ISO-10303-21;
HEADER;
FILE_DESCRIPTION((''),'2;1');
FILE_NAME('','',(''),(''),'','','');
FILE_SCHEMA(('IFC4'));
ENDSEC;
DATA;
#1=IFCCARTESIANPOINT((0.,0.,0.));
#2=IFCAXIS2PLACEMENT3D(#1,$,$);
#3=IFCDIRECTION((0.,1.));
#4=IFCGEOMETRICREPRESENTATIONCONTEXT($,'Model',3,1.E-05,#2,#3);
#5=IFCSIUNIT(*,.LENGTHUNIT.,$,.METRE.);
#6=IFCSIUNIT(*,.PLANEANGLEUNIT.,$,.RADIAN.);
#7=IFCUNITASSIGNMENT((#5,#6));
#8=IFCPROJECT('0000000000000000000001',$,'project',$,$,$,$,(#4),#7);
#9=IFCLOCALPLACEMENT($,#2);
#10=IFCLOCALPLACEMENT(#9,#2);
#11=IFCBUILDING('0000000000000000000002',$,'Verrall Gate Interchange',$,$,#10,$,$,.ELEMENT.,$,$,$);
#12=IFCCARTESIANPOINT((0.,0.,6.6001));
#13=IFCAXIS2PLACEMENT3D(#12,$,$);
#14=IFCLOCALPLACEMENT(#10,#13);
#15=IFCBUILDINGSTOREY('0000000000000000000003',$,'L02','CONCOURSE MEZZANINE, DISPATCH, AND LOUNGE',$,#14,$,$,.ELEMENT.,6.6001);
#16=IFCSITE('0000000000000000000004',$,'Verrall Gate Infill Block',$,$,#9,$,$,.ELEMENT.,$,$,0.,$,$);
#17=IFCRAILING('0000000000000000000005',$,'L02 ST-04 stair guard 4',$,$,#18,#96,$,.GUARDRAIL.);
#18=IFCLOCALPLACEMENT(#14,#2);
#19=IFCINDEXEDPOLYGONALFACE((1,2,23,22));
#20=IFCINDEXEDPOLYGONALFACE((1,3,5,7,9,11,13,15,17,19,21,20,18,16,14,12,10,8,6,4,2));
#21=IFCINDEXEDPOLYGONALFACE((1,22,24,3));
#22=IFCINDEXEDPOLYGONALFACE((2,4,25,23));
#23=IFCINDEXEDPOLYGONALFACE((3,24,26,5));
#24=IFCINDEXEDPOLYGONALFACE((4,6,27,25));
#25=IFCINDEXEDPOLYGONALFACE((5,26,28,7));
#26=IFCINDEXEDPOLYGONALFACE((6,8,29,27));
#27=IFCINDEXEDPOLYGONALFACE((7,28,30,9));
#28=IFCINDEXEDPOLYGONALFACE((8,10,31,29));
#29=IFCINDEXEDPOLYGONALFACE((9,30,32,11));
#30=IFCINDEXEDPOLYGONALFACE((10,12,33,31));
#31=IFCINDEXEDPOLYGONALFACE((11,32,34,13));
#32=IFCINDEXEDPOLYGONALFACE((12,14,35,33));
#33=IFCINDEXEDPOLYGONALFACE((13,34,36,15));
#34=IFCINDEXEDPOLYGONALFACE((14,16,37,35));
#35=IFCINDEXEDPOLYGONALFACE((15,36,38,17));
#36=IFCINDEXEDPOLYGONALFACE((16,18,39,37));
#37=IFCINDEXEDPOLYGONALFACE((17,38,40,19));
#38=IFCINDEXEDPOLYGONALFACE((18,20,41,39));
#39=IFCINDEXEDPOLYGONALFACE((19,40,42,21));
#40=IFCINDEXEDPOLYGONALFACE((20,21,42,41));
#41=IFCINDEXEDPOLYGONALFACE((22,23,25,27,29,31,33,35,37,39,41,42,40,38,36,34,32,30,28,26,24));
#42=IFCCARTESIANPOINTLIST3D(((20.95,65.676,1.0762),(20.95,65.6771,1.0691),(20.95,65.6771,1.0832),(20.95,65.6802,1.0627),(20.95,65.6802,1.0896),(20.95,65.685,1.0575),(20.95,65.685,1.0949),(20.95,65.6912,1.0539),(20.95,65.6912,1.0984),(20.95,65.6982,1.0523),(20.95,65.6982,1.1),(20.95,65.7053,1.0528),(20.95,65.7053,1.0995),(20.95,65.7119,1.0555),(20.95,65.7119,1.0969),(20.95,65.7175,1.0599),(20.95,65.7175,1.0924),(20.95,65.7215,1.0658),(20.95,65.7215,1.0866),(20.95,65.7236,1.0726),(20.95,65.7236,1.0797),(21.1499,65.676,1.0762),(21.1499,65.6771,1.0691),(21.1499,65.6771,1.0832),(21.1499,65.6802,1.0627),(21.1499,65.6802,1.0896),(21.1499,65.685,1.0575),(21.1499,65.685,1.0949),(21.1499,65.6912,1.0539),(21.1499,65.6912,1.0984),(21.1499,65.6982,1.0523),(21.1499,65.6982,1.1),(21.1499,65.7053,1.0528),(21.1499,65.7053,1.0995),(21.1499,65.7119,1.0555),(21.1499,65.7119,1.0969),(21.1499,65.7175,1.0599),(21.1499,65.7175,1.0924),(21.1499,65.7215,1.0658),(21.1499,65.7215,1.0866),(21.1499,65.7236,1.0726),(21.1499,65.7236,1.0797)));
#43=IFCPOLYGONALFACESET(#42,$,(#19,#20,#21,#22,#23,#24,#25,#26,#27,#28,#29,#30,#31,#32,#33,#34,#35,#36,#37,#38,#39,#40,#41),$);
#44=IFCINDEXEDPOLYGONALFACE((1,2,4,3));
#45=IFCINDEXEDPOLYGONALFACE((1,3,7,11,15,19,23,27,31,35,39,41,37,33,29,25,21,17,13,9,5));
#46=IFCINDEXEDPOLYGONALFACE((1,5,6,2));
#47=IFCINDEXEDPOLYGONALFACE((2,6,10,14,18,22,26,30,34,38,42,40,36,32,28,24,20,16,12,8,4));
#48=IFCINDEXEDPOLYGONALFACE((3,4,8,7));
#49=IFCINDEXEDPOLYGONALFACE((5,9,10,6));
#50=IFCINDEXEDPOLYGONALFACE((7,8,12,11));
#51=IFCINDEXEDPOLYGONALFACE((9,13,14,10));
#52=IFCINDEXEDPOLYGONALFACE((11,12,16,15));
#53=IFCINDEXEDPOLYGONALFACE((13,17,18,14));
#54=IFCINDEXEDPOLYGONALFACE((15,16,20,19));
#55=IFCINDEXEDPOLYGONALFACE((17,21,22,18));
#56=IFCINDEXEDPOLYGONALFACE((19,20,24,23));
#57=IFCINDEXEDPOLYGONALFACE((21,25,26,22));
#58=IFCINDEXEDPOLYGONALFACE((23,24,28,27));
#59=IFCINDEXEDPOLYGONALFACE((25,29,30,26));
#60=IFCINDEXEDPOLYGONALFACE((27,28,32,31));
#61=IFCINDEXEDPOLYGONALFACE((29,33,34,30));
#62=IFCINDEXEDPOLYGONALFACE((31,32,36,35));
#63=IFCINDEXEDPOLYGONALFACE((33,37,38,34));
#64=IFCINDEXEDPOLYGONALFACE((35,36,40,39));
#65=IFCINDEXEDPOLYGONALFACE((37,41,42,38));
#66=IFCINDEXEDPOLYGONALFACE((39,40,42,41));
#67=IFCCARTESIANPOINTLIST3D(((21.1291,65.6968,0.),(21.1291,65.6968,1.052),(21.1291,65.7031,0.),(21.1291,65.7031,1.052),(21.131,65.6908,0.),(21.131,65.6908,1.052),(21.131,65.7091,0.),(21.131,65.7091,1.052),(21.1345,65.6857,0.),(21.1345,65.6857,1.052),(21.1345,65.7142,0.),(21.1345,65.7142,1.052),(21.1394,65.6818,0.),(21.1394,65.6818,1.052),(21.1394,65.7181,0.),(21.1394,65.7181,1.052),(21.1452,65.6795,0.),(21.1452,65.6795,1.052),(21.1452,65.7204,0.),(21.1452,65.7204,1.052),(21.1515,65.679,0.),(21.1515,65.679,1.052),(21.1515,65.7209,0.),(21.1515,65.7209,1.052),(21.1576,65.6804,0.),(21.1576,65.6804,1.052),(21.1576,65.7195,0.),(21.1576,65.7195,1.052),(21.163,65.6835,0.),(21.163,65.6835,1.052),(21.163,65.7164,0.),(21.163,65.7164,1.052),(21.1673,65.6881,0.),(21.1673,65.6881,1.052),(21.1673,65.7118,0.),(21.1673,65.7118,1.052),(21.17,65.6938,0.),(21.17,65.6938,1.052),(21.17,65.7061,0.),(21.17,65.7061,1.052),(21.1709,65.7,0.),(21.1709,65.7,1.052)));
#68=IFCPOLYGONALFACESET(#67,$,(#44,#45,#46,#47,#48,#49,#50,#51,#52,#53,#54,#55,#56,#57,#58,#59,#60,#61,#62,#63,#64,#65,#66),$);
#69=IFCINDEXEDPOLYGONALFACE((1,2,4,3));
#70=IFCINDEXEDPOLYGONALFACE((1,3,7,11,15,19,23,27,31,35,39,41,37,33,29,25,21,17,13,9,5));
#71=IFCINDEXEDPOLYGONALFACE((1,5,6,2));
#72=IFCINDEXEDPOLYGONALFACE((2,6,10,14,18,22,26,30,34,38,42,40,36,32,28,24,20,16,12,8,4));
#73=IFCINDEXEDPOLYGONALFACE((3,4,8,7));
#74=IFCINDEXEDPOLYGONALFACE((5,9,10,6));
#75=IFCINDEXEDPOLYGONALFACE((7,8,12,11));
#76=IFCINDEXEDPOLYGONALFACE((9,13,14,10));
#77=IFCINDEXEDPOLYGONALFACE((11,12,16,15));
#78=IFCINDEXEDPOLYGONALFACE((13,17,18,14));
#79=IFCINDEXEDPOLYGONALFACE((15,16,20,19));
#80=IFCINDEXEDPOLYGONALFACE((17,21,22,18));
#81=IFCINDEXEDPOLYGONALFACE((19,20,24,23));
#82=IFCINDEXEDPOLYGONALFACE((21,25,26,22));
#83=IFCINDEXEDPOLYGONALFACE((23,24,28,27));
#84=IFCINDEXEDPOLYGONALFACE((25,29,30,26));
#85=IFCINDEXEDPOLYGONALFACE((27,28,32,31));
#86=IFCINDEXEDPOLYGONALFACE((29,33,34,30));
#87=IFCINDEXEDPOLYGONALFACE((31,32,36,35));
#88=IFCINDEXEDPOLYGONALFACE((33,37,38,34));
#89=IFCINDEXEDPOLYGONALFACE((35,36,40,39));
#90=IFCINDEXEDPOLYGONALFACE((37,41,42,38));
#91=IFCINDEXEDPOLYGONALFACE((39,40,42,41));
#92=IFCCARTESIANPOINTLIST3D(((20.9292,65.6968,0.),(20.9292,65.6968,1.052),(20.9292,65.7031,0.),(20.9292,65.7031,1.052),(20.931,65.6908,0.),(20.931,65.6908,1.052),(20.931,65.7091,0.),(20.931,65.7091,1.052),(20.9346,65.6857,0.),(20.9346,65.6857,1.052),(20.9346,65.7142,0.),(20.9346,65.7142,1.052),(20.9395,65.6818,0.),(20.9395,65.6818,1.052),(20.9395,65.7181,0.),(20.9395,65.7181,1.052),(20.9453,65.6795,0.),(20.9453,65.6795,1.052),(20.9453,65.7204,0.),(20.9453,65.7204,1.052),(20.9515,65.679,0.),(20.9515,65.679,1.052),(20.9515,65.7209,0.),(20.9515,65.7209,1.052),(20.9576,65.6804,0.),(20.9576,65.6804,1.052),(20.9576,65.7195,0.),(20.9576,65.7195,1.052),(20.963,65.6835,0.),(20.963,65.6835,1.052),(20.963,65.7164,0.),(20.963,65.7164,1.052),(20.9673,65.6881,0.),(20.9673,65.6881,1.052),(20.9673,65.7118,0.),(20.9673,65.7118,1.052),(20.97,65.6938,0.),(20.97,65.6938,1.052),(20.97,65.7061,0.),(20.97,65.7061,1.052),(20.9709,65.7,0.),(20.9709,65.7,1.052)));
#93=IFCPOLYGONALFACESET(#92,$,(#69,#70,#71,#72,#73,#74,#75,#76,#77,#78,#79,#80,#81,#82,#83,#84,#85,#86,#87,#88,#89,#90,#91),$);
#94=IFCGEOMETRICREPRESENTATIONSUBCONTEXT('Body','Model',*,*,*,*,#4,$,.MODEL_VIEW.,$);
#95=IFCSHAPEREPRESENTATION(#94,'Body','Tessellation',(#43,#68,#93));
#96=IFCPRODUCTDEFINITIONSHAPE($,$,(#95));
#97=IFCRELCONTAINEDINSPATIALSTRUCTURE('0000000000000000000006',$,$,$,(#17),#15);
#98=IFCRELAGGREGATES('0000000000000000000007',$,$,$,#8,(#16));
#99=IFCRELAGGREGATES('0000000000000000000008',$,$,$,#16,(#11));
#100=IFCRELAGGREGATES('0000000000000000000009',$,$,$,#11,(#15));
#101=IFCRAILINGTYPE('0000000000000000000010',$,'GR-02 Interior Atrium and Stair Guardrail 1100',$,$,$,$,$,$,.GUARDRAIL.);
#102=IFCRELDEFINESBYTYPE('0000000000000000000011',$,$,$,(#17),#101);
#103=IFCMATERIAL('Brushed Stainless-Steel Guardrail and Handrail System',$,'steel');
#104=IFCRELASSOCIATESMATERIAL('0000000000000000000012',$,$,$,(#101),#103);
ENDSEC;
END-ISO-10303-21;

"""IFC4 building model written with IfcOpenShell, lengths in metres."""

from ifc_helpers import new_model, si_unit, direction, frame, origin, origin_2d, place, context, subcontext, project, spatial, circle, extrude, material, type_object, element, save


model = new_model("IFC4")

# Units and contexts
model_context = context("Model", 3, precision=1e-05, world=origin(), true_north=direction((0.0, 1.0)))
body_context = subcontext(model_context, "Body", "Model", "MODEL_VIEW")
ifc_project = project(units=[si_unit("LENGTHUNIT", "METRE"), si_unit("PLANEANGLEUNIT", "RADIAN")], contexts=[model_context])

# Site, building, storey
site_placement = place(None, origin())
site = spatial("IfcSite", under=ifc_project, at=site_placement, Name="Verrall Gate Infill Block", CompositionType="ELEMENT", RefElevation=0.0)
building_placement = place(site_placement, origin())
building = spatial("IfcBuilding", under=site, at=building_placement, Name="Verrall Gate Interchange", CompositionType="ELEMENT")
storey_placement = place(building_placement, frame((0.0, 0.0, 6.6001)))
storey = spatial("IfcBuildingStorey", under=building, at=storey_placement, Name="L02", Description="CONCOURSE MEZZANINE, DISPATCH, AND LOUNGE", CompositionType="ELEMENT", Elevation=6.6001)

# Railing
ifc_material_1 = material(Name="Brushed Stainless-Steel Guardrail and Handrail System", Category="steel")
railing_type_1 = type_object("IfcRailingType", Name="GR-02 Interior Atrium and Stair Guardrail 1100", PredefinedType="GUARDRAIL", material=ifc_material_1)
railing_1_placement = place(storey_placement, frame((21.1499, 65.7, 0.0)))
element("IfcRailing", 1, at=railing_1_placement, inside=storey, type_object=railing_type_1, Name="L02 ST-04 stair guard 4", PredefinedType="GUARDRAIL", context=body_context, shape_type="SweptSolid", body=[
    extrude(circle(Radius=0.0239, at=origin_2d()), frame((0.0, 0.0, 1.0762), z_axis=(-1.0, 0.0, 0.0), x_axis=(0.0, -1.0, 0.0)), (0.0, 0.0, 1.0), 0.2),
    extrude(circle(Radius=0.021, at=origin_2d()), origin(), (0.0, 0.0, 1.0), 1.052),
    extrude(circle(Radius=0.021, at=origin_2d()), frame((-0.2, 0.0, 0.0)), (0.0, 0.0, 1.0), 1.052),
])

save(model, "model.ifc")
